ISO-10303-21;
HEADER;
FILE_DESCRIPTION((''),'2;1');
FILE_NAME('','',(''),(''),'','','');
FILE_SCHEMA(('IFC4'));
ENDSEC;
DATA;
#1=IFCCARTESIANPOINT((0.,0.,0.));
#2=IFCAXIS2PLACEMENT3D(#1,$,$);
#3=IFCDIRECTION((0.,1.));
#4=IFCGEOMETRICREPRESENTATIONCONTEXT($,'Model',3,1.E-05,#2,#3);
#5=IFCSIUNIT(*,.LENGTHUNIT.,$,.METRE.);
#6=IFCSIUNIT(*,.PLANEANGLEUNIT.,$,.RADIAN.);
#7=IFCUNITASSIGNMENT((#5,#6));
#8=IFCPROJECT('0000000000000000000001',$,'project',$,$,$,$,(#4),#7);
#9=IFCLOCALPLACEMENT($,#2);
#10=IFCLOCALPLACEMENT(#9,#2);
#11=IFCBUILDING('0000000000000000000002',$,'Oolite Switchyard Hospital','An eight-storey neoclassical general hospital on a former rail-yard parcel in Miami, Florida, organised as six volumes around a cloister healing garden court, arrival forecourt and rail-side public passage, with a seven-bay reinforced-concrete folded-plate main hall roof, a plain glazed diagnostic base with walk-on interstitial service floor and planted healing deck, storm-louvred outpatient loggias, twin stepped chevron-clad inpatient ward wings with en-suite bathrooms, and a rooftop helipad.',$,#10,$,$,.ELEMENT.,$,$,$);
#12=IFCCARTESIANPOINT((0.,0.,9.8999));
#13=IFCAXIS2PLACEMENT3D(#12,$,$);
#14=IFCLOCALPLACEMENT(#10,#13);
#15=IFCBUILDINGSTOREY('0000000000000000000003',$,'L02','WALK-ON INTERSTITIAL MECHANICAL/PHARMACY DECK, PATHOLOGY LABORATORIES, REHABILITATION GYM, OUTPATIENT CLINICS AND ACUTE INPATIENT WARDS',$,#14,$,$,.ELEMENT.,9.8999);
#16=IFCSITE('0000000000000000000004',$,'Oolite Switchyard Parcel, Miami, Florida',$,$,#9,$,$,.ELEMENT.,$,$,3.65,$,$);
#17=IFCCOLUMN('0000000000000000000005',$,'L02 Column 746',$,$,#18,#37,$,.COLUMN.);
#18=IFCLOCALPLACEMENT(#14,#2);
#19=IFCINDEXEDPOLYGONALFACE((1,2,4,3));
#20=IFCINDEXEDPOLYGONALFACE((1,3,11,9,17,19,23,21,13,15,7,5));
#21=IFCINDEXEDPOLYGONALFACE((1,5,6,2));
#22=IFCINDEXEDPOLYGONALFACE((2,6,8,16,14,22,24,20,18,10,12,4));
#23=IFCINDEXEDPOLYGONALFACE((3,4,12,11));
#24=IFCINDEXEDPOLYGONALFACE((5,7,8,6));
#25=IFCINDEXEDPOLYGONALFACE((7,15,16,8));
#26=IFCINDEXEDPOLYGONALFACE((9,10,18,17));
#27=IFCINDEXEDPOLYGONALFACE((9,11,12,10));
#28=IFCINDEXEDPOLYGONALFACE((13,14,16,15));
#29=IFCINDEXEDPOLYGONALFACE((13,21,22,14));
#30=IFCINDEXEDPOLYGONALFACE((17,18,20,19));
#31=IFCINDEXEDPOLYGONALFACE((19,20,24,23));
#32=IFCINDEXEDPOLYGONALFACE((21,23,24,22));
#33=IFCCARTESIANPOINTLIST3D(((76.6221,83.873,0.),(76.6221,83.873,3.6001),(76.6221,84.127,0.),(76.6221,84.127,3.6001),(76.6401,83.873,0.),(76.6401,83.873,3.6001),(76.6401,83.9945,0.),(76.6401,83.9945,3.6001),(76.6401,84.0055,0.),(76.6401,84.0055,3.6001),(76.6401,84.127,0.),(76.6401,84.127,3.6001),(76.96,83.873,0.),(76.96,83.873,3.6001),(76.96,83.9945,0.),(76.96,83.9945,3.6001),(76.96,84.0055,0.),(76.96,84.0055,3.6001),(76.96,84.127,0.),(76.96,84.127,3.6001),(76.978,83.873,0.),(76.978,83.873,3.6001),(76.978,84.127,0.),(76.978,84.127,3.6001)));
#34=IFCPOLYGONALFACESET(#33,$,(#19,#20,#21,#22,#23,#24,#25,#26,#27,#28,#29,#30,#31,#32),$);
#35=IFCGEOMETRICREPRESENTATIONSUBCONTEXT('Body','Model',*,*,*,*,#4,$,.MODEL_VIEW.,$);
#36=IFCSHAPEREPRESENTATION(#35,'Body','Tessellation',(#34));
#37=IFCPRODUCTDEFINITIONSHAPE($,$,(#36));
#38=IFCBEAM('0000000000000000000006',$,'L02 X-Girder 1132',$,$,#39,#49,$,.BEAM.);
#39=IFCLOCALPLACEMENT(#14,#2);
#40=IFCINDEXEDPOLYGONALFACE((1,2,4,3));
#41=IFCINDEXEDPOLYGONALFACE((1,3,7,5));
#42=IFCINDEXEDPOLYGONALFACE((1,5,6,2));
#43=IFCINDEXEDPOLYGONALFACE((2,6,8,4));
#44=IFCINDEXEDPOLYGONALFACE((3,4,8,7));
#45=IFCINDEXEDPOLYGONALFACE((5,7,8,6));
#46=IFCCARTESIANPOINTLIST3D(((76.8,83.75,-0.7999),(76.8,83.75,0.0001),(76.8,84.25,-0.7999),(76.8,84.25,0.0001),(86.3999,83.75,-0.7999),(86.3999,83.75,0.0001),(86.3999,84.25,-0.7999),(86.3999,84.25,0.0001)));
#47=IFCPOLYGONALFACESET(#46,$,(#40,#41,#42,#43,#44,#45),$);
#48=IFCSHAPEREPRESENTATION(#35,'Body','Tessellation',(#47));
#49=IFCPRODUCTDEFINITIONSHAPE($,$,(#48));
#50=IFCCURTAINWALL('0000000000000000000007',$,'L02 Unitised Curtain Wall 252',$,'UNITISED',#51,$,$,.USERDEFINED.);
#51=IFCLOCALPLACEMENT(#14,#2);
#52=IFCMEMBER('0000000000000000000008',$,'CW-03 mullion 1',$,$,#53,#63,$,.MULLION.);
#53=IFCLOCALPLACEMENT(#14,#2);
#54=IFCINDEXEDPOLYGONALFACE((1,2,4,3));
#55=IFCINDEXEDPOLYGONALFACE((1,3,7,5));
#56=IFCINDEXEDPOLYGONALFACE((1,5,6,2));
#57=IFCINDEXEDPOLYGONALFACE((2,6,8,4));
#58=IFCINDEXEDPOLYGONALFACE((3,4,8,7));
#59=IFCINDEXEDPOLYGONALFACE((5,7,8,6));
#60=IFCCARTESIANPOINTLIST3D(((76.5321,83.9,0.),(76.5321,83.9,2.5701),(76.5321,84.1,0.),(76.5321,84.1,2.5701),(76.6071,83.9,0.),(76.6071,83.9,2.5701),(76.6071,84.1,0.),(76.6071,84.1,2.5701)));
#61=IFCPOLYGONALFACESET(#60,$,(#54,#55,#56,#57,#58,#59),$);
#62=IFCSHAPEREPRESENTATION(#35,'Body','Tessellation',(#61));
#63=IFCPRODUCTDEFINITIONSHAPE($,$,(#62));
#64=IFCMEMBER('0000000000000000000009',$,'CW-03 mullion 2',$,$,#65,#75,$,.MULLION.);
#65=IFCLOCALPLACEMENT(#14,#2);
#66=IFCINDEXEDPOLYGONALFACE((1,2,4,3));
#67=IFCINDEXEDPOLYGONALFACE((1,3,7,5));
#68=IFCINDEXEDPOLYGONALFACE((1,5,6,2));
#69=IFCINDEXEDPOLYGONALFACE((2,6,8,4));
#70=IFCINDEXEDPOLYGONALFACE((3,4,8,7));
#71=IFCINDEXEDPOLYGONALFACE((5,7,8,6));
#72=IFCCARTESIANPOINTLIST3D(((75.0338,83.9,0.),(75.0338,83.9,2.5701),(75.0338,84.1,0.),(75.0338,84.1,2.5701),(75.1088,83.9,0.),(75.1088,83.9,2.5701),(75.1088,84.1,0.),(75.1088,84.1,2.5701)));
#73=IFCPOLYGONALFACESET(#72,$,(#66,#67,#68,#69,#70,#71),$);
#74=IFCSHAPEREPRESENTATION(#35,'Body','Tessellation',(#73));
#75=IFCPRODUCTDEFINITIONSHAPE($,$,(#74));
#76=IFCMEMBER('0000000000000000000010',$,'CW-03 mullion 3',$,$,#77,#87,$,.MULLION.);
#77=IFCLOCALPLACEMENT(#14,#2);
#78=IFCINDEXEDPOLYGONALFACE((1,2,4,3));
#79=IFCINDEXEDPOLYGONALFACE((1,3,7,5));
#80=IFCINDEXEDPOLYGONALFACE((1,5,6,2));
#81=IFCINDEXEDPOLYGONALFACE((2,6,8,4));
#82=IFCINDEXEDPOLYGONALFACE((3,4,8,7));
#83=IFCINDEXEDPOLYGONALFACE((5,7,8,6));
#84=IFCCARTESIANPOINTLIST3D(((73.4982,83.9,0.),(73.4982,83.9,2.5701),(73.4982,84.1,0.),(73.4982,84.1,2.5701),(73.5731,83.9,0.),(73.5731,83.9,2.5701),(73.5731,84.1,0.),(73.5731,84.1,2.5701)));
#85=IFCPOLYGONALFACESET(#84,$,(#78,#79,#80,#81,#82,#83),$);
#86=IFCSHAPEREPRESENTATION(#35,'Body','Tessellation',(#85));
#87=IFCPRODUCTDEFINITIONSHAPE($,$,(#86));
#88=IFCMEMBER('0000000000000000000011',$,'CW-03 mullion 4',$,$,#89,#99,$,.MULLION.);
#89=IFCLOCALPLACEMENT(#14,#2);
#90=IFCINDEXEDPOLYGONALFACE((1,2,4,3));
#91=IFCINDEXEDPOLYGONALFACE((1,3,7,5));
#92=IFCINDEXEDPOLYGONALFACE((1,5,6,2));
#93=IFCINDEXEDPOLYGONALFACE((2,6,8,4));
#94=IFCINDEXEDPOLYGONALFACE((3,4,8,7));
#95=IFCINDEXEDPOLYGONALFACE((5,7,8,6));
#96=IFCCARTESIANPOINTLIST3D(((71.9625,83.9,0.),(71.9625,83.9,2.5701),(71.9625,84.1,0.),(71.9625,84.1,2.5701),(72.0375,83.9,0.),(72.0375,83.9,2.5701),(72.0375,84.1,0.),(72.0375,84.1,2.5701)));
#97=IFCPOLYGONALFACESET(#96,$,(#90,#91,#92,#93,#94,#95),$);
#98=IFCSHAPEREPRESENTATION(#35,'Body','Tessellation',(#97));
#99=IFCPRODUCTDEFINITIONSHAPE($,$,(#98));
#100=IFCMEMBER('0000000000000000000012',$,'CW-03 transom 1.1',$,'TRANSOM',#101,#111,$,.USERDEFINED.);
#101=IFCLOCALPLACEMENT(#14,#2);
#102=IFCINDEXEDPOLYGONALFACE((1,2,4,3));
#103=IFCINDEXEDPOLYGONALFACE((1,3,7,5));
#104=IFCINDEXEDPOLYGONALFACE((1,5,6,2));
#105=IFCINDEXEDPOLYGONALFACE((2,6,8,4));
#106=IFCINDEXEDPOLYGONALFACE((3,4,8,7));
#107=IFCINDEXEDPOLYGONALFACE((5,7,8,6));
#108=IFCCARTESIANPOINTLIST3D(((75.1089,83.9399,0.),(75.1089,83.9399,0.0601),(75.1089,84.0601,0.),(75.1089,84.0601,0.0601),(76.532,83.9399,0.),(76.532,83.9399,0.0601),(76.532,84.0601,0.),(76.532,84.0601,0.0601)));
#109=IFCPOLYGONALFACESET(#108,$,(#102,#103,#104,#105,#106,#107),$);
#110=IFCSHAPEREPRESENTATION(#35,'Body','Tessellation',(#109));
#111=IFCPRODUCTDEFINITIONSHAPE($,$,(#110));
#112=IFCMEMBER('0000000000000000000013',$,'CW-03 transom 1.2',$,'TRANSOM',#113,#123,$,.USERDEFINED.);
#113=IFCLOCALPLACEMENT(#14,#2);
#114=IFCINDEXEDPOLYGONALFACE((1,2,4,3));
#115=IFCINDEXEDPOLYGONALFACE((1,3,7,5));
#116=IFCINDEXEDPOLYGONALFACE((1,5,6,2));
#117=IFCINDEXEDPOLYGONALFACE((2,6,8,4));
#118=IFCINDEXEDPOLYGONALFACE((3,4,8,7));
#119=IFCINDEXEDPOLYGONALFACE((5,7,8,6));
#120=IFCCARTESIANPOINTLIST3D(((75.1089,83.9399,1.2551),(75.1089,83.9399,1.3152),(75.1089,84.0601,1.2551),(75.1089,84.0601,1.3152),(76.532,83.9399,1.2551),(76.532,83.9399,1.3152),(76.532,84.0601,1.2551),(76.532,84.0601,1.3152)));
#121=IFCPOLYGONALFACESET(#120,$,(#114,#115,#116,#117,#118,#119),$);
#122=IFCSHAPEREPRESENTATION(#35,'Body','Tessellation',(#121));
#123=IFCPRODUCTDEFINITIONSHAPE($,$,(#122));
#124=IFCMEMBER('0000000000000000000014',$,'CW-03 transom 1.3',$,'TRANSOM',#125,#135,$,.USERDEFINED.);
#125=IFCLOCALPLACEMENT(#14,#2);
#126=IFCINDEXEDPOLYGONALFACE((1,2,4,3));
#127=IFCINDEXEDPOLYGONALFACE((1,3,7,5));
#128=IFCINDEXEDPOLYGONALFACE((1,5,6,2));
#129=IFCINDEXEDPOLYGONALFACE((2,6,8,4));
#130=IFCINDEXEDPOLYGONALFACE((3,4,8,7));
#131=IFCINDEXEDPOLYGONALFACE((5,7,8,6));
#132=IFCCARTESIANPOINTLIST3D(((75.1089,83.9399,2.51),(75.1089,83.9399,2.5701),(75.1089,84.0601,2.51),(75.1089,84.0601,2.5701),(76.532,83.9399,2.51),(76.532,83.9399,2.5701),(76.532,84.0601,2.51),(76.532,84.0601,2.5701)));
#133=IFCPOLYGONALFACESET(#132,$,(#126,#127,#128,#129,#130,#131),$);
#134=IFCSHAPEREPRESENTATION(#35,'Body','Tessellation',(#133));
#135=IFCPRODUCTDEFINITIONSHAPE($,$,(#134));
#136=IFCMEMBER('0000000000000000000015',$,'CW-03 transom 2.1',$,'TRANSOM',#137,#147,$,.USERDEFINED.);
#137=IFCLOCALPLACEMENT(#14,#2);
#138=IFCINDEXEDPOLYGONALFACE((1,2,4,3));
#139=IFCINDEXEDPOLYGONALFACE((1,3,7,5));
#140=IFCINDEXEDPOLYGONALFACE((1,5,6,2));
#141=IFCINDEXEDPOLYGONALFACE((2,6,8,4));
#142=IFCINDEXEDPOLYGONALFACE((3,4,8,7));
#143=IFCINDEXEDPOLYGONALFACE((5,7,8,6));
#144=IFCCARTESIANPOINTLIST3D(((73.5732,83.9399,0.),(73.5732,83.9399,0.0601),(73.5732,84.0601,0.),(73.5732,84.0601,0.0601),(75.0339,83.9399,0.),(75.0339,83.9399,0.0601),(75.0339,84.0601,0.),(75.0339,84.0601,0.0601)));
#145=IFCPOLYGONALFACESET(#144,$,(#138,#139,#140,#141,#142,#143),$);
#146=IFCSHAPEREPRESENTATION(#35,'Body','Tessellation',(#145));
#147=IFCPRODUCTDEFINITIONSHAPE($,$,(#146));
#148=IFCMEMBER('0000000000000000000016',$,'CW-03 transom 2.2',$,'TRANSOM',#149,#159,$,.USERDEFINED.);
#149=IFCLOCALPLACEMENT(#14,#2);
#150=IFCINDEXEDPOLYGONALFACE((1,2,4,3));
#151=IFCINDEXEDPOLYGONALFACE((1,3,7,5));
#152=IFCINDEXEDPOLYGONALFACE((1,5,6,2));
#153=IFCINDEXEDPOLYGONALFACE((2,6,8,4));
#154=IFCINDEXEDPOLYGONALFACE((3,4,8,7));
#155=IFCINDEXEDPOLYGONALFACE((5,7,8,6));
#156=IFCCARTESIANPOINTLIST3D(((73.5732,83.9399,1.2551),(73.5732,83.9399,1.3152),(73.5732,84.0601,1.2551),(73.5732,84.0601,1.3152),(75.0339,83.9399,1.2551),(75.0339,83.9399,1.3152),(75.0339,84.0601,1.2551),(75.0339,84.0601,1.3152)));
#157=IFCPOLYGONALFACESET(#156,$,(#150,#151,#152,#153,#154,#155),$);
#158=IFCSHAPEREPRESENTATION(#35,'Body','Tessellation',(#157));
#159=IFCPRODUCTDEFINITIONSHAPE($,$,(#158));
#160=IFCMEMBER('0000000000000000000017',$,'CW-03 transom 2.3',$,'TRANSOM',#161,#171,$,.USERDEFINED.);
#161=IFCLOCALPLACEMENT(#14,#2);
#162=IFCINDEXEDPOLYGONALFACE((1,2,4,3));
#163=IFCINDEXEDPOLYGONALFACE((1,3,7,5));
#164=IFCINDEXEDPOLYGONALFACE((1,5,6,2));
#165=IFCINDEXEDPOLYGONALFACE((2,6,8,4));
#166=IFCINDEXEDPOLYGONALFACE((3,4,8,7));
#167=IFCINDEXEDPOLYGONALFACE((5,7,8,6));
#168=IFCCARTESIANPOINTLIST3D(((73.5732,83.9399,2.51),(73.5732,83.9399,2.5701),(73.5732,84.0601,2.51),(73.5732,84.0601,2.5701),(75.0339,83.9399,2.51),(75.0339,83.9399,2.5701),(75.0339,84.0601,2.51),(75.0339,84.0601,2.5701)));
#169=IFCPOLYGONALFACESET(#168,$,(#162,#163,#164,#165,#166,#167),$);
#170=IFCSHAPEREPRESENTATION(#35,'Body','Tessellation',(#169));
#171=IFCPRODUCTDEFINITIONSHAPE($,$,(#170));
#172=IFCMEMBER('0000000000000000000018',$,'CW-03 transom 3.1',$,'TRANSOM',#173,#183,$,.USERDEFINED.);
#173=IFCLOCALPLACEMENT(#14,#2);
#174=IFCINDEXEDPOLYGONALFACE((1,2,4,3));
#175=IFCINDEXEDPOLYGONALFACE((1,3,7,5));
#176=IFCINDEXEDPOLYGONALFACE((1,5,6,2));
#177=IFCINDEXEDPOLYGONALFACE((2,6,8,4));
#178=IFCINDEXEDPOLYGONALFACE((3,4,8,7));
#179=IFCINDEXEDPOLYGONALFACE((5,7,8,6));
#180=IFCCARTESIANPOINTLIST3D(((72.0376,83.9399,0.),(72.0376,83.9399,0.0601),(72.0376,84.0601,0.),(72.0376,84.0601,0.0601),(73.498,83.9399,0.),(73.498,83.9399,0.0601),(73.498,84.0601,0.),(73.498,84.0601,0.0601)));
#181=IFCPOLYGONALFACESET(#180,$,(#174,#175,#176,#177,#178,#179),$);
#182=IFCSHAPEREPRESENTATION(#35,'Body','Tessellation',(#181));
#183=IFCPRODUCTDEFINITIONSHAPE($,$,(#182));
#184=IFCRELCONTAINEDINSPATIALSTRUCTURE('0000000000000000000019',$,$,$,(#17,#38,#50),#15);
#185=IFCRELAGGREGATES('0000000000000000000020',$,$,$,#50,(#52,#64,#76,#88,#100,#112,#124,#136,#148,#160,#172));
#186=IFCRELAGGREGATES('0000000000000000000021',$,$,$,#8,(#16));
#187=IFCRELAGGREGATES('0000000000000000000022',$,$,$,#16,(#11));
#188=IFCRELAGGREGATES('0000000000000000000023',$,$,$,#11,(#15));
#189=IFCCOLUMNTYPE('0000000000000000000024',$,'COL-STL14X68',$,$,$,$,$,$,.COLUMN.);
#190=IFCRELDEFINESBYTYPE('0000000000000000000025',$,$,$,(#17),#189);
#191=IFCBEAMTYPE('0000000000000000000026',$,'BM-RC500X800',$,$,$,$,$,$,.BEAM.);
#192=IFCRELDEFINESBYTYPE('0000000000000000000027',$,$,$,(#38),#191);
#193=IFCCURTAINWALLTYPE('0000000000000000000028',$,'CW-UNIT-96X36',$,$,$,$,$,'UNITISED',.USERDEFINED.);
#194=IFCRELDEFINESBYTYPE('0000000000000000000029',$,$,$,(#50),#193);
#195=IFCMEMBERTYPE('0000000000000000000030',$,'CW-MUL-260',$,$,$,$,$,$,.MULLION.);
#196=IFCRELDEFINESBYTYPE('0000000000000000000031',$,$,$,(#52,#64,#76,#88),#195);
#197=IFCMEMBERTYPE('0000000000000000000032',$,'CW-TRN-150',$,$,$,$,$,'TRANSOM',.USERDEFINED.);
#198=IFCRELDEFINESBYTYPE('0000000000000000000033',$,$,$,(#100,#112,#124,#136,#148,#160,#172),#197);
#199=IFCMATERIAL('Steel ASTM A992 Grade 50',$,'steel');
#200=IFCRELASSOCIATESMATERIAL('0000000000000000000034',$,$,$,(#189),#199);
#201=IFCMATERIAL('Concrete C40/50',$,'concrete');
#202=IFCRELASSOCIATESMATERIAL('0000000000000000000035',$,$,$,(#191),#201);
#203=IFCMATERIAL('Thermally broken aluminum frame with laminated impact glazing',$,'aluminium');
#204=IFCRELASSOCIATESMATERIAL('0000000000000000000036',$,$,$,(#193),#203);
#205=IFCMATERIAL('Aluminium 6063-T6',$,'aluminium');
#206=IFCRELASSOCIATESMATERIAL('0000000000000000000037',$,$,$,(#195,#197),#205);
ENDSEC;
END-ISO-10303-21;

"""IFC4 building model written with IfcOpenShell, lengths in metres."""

from ifc_helpers import new_model, si_unit, direction, frame, origin, origin_2d, place, context, subcontext, project, spatial, rectangle, i_section, extrude, material, material_profile, profile_set, type_object, element, aggregate, save


model = new_model("IFC4")

# Units and contexts
model_context = context("Model", 3, precision=1e-05, world=origin(), true_north=direction((0.0, 1.0)))
body_context = subcontext(model_context, "Body", "Model", "MODEL_VIEW")
ifc_project = project(units=[si_unit("LENGTHUNIT", "METRE"), si_unit("PLANEANGLEUNIT", "RADIAN")], contexts=[model_context])

# Site, building, storey
site_placement = place(None, origin())
site = spatial("IfcSite", under=ifc_project, at=site_placement, Name="Oolite Switchyard Parcel, Miami, Florida", CompositionType="ELEMENT", RefElevation=3.65)
building_placement = place(site_placement, origin())
building = spatial("IfcBuilding", under=site, at=building_placement, Name="Oolite Switchyard Hospital", Description="An eight-storey neoclassical general hospital on a former rail-yard parcel in Miami, Florida, organised as six volumes around a cloister healing garden court, arrival forecourt and rail-side public passage, with a seven-bay reinforced-concrete folded-plate main hall roof, a plain glazed diagnostic base with walk-on interstitial service floor and planted healing deck, storm-louvred outpatient loggias, twin stepped chevron-clad inpatient ward wings with en-suite bathrooms, and a rooftop helipad.", CompositionType="ELEMENT")
storey_placement = place(building_placement, frame((0.0, 0.0, 9.8999)))
storey = spatial("IfcBuildingStorey", under=building, at=storey_placement, Name="L02", Description="WALK-ON INTERSTITIAL MECHANICAL/PHARMACY DECK, PATHOLOGY LABORATORIES, REHABILITATION GYM, OUTPATIENT CLINICS AND ACUTE INPATIENT WARDS", CompositionType="ELEMENT", Elevation=9.8999)

# Column
ifc_material_1 = material(Name="Steel ASTM A992 Grade 50", Category="steel")
ifc_material_profile_1 = material_profile(ifc_material_1, i_section(OverallWidth=0.2539, OverallDepth=0.356, WebThickness=0.011, FlangeThickness=0.0181, at=origin_2d()), Name="W14X68")
ifc_profile_set_1 = profile_set([ifc_material_profile_1], Name="Steel ASTM A992 Grade 50")
column_type = type_object("IfcColumnType", Name="COL-STL14X68", PredefinedType="COLUMN", material=ifc_profile_set_1)
column_placement = place(storey_placement, frame((76.8, 84.0, 0.0), z_axis=(0.0, 0.0, 1.0), x_axis=(0.0, -1.0, 0.0)))
element("IfcColumn", 1, at=column_placement, inside=storey, type_object=column_type, Name="L02 Column 746", PredefinedType="COLUMN", context=body_context, shape_type="SweptSolid", body=[
    extrude(i_section(OverallWidth=0.2539, OverallDepth=0.356, WebThickness=0.011, FlangeThickness=0.0181, at=origin_2d()), origin(), (0.0, 0.0, 1.0), 3.6001),
])

# Beam
ifc_material_2 = material(Name="Concrete C40/50", Category="concrete")
ifc_material_profile_2 = material_profile(ifc_material_2, rectangle(XDim=0.5, YDim=0.8, at=origin_2d()), Name="RCB500X800")
ifc_profile_set_2 = profile_set([ifc_material_profile_2], Name="Concrete C40/50")
beam_type = type_object("IfcBeamType", Name="BM-RC500X800", PredefinedType="BEAM", material=ifc_profile_set_2)
beam_placement = place(storey_placement, frame((76.8, 84.0, -0.3999), z_axis=(1.0, 0.0, 0.0), x_axis=(0.0, 1.0, 0.0)))
element("IfcBeam", 2, at=beam_placement, inside=storey, type_object=beam_type, Name="L02 X-Girder 1132", PredefinedType="BEAM", context=body_context, shape_type="SweptSolid", body=[
    extrude(rectangle(XDim=0.5, YDim=0.8, at=origin_2d()), origin(), (0.0, 0.0, 1.0), 9.5999),
])

# Curtain wall, members
ifc_material_3 = material(Name="Thermally broken aluminum frame with laminated impact glazing", Category="aluminium")
curtain_wall_type = type_object("IfcCurtainWallType", Name="CW-UNIT-96X36", ElementType="UNITISED", PredefinedType="USERDEFINED", material=ifc_material_3)
curtain_wall_placement = place(storey_placement, origin())
curtain_wall = element("IfcCurtainWall", 3, at=curtain_wall_placement, inside=storey, type_object=curtain_wall_type, Name="L02 Unitised Curtain Wall 252", ObjectType="UNITISED", PredefinedType="USERDEFINED")
ifc_material_4 = material(Name="Aluminium 6063-T6", Category="aluminium")
ifc_material_profile_3 = material_profile(ifc_material_4, rectangle(XDim=0.2, YDim=0.075, at=origin_2d()), Name="CWM75X200")
ifc_profile_set_3 = profile_set([ifc_material_profile_3], Name="Aluminium 6063-T6")
member_type_1 = type_object("IfcMemberType", Name="CW-MUL-260", PredefinedType="MULLION", material=ifc_profile_set_3)
member_1_placement = place(storey_placement, frame((76.5696, 84.0, 0.0), z_axis=(0.0, 0.0, 1.0), x_axis=(0.0, -1.0, 0.0)))
member_1 = element("IfcMember", 4, at=member_1_placement, type_object=member_type_1, Name="CW-03 mullion 1", PredefinedType="MULLION", context=body_context, shape_type="SweptSolid", body=[
    extrude(rectangle(XDim=0.2, YDim=0.075, at=origin_2d()), origin(), (0.0, 0.0, 1.0), 2.5701),
])
member_2_placement = place(storey_placement, frame((75.0713, 84.0, 0.0), z_axis=(0.0, 0.0, 1.0), x_axis=(0.0, -1.0, 0.0)))
member_2 = element("IfcMember", 5, at=member_2_placement, type_object=member_type_1, Name="CW-03 mullion 2", PredefinedType="MULLION", context=body_context, shape_type="SweptSolid", body=[
    extrude(rectangle(XDim=0.2, YDim=0.075, at=origin_2d()), origin(), (0.0, 0.0, 1.0), 2.5701),
])
member_3_placement = place(storey_placement, frame((73.5356, 84.0, 0.0), z_axis=(0.0, 0.0, 1.0), x_axis=(0.0, -1.0, 0.0)))
member_3 = element("IfcMember", 6, at=member_3_placement, type_object=member_type_1, Name="CW-03 mullion 3", PredefinedType="MULLION", context=body_context, shape_type="SweptSolid", body=[
    extrude(rectangle(XDim=0.2, YDim=0.075, at=origin_2d()), origin(), (0.0, 0.0, 1.0), 2.5701),
])
member_4_placement = place(storey_placement, frame((72.0, 84.0, 0.0), z_axis=(0.0, 0.0, 1.0), x_axis=(0.0, -1.0, 0.0)))
member_4 = element("IfcMember", 7, at=member_4_placement, type_object=member_type_1, Name="CW-03 mullion 4", PredefinedType="MULLION", context=body_context, shape_type="SweptSolid", body=[
    extrude(rectangle(XDim=0.2, YDim=0.075, at=origin_2d()), origin(), (0.0, 0.0, 1.0), 2.5701),
])
ifc_material_profile_4 = material_profile(ifc_material_4, rectangle(XDim=0.1201, YDim=0.0601, at=origin_2d()), Name="CWT60X120")
ifc_profile_set_4 = profile_set([ifc_material_profile_4], Name="Aluminium 6063-T6")
member_type_2 = type_object("IfcMemberType", Name="CW-TRN-150", ElementType="TRANSOM", PredefinedType="USERDEFINED", material=ifc_profile_set_4)
member_5_placement = place(storey_placement, frame((76.532, 84.0, 0.03), z_axis=(-1.0, 0.0, 0.0), x_axis=(0.0, -1.0, 0.0)))
member_5 = element("IfcMember", 8, at=member_5_placement, type_object=member_type_2, Name="CW-03 transom 1.1", ObjectType="TRANSOM", PredefinedType="USERDEFINED", context=body_context, shape_type="SweptSolid", body=[
    extrude(rectangle(XDim=0.1201, YDim=0.0601, at=origin_2d()), origin(), (0.0, 0.0, 1.0), 1.4231),
])
member_6_placement = place(storey_placement, frame((76.532, 84.0, 1.2852), z_axis=(-1.0, 0.0, 0.0), x_axis=(0.0, -1.0, 0.0)))
member_6 = element("IfcMember", 9, at=member_6_placement, type_object=member_type_2, Name="CW-03 transom 1.2", ObjectType="TRANSOM", PredefinedType="USERDEFINED", context=body_context, shape_type="SweptSolid", body=[
    extrude(rectangle(XDim=0.1201, YDim=0.0601, at=origin_2d()), origin(), (0.0, 0.0, 1.0), 1.4231),
])
member_7_placement = place(storey_placement, frame((76.532, 84.0, 2.54), z_axis=(-1.0, 0.0, 0.0), x_axis=(0.0, -1.0, 0.0)))
member_7 = element("IfcMember", 10, at=member_7_placement, type_object=member_type_2, Name="CW-03 transom 1.3", ObjectType="TRANSOM", PredefinedType="USERDEFINED", context=body_context, shape_type="SweptSolid", body=[
    extrude(rectangle(XDim=0.1201, YDim=0.0601, at=origin_2d()), origin(), (0.0, 0.0, 1.0), 1.4231),
])
member_8_placement = place(storey_placement, frame((75.0339, 84.0, 0.03), z_axis=(-1.0, 0.0, 0.0), x_axis=(0.0, -1.0, 0.0)))
member_8 = element("IfcMember", 11, at=member_8_placement, type_object=member_type_2, Name="CW-03 transom 2.1", ObjectType="TRANSOM", PredefinedType="USERDEFINED", context=body_context, shape_type="SweptSolid", body=[
    extrude(rectangle(XDim=0.1201, YDim=0.0601, at=origin_2d()), origin(), (0.0, 0.0, 1.0), 1.4607),
])
member_9_placement = place(storey_placement, frame((75.0339, 84.0, 1.2852), z_axis=(-1.0, 0.0, 0.0), x_axis=(0.0, -1.0, 0.0)))
member_9 = element("IfcMember", 12, at=member_9_placement, type_object=member_type_2, Name="CW-03 transom 2.2", ObjectType="TRANSOM", PredefinedType="USERDEFINED", context=body_context, shape_type="SweptSolid", body=[
    extrude(rectangle(XDim=0.1201, YDim=0.0601, at=origin_2d()), origin(), (0.0, 0.0, 1.0), 1.4607),
])
member_10_placement = place(storey_placement, frame((75.0339, 84.0, 2.54), z_axis=(-1.0, 0.0, 0.0), x_axis=(0.0, -1.0, 0.0)))
member_10 = element("IfcMember", 13, at=member_10_placement, type_object=member_type_2, Name="CW-03 transom 2.3", ObjectType="TRANSOM", PredefinedType="USERDEFINED", context=body_context, shape_type="SweptSolid", body=[
    extrude(rectangle(XDim=0.1201, YDim=0.0601, at=origin_2d()), origin(), (0.0, 0.0, 1.0), 1.4607),
])
member_11_placement = place(storey_placement, frame((73.498, 84.0, 0.03), z_axis=(-1.0, 0.0, 0.0), x_axis=(0.0, -1.0, 0.0)))
member_11 = element("IfcMember", 14, at=member_11_placement, type_object=member_type_2, Name="CW-03 transom 3.1", ObjectType="TRANSOM", PredefinedType="USERDEFINED", context=body_context, shape_type="SweptSolid", body=[
    extrude(rectangle(XDim=0.1201, YDim=0.0601, at=origin_2d()), origin(), (0.0, 0.0, 1.0), 1.4604),
])
aggregate(curtain_wall, [member_1, member_2, member_3, member_4, member_5, member_6, member_7, member_8, member_9, member_10, member_11])

save(model, "model.ifc")
